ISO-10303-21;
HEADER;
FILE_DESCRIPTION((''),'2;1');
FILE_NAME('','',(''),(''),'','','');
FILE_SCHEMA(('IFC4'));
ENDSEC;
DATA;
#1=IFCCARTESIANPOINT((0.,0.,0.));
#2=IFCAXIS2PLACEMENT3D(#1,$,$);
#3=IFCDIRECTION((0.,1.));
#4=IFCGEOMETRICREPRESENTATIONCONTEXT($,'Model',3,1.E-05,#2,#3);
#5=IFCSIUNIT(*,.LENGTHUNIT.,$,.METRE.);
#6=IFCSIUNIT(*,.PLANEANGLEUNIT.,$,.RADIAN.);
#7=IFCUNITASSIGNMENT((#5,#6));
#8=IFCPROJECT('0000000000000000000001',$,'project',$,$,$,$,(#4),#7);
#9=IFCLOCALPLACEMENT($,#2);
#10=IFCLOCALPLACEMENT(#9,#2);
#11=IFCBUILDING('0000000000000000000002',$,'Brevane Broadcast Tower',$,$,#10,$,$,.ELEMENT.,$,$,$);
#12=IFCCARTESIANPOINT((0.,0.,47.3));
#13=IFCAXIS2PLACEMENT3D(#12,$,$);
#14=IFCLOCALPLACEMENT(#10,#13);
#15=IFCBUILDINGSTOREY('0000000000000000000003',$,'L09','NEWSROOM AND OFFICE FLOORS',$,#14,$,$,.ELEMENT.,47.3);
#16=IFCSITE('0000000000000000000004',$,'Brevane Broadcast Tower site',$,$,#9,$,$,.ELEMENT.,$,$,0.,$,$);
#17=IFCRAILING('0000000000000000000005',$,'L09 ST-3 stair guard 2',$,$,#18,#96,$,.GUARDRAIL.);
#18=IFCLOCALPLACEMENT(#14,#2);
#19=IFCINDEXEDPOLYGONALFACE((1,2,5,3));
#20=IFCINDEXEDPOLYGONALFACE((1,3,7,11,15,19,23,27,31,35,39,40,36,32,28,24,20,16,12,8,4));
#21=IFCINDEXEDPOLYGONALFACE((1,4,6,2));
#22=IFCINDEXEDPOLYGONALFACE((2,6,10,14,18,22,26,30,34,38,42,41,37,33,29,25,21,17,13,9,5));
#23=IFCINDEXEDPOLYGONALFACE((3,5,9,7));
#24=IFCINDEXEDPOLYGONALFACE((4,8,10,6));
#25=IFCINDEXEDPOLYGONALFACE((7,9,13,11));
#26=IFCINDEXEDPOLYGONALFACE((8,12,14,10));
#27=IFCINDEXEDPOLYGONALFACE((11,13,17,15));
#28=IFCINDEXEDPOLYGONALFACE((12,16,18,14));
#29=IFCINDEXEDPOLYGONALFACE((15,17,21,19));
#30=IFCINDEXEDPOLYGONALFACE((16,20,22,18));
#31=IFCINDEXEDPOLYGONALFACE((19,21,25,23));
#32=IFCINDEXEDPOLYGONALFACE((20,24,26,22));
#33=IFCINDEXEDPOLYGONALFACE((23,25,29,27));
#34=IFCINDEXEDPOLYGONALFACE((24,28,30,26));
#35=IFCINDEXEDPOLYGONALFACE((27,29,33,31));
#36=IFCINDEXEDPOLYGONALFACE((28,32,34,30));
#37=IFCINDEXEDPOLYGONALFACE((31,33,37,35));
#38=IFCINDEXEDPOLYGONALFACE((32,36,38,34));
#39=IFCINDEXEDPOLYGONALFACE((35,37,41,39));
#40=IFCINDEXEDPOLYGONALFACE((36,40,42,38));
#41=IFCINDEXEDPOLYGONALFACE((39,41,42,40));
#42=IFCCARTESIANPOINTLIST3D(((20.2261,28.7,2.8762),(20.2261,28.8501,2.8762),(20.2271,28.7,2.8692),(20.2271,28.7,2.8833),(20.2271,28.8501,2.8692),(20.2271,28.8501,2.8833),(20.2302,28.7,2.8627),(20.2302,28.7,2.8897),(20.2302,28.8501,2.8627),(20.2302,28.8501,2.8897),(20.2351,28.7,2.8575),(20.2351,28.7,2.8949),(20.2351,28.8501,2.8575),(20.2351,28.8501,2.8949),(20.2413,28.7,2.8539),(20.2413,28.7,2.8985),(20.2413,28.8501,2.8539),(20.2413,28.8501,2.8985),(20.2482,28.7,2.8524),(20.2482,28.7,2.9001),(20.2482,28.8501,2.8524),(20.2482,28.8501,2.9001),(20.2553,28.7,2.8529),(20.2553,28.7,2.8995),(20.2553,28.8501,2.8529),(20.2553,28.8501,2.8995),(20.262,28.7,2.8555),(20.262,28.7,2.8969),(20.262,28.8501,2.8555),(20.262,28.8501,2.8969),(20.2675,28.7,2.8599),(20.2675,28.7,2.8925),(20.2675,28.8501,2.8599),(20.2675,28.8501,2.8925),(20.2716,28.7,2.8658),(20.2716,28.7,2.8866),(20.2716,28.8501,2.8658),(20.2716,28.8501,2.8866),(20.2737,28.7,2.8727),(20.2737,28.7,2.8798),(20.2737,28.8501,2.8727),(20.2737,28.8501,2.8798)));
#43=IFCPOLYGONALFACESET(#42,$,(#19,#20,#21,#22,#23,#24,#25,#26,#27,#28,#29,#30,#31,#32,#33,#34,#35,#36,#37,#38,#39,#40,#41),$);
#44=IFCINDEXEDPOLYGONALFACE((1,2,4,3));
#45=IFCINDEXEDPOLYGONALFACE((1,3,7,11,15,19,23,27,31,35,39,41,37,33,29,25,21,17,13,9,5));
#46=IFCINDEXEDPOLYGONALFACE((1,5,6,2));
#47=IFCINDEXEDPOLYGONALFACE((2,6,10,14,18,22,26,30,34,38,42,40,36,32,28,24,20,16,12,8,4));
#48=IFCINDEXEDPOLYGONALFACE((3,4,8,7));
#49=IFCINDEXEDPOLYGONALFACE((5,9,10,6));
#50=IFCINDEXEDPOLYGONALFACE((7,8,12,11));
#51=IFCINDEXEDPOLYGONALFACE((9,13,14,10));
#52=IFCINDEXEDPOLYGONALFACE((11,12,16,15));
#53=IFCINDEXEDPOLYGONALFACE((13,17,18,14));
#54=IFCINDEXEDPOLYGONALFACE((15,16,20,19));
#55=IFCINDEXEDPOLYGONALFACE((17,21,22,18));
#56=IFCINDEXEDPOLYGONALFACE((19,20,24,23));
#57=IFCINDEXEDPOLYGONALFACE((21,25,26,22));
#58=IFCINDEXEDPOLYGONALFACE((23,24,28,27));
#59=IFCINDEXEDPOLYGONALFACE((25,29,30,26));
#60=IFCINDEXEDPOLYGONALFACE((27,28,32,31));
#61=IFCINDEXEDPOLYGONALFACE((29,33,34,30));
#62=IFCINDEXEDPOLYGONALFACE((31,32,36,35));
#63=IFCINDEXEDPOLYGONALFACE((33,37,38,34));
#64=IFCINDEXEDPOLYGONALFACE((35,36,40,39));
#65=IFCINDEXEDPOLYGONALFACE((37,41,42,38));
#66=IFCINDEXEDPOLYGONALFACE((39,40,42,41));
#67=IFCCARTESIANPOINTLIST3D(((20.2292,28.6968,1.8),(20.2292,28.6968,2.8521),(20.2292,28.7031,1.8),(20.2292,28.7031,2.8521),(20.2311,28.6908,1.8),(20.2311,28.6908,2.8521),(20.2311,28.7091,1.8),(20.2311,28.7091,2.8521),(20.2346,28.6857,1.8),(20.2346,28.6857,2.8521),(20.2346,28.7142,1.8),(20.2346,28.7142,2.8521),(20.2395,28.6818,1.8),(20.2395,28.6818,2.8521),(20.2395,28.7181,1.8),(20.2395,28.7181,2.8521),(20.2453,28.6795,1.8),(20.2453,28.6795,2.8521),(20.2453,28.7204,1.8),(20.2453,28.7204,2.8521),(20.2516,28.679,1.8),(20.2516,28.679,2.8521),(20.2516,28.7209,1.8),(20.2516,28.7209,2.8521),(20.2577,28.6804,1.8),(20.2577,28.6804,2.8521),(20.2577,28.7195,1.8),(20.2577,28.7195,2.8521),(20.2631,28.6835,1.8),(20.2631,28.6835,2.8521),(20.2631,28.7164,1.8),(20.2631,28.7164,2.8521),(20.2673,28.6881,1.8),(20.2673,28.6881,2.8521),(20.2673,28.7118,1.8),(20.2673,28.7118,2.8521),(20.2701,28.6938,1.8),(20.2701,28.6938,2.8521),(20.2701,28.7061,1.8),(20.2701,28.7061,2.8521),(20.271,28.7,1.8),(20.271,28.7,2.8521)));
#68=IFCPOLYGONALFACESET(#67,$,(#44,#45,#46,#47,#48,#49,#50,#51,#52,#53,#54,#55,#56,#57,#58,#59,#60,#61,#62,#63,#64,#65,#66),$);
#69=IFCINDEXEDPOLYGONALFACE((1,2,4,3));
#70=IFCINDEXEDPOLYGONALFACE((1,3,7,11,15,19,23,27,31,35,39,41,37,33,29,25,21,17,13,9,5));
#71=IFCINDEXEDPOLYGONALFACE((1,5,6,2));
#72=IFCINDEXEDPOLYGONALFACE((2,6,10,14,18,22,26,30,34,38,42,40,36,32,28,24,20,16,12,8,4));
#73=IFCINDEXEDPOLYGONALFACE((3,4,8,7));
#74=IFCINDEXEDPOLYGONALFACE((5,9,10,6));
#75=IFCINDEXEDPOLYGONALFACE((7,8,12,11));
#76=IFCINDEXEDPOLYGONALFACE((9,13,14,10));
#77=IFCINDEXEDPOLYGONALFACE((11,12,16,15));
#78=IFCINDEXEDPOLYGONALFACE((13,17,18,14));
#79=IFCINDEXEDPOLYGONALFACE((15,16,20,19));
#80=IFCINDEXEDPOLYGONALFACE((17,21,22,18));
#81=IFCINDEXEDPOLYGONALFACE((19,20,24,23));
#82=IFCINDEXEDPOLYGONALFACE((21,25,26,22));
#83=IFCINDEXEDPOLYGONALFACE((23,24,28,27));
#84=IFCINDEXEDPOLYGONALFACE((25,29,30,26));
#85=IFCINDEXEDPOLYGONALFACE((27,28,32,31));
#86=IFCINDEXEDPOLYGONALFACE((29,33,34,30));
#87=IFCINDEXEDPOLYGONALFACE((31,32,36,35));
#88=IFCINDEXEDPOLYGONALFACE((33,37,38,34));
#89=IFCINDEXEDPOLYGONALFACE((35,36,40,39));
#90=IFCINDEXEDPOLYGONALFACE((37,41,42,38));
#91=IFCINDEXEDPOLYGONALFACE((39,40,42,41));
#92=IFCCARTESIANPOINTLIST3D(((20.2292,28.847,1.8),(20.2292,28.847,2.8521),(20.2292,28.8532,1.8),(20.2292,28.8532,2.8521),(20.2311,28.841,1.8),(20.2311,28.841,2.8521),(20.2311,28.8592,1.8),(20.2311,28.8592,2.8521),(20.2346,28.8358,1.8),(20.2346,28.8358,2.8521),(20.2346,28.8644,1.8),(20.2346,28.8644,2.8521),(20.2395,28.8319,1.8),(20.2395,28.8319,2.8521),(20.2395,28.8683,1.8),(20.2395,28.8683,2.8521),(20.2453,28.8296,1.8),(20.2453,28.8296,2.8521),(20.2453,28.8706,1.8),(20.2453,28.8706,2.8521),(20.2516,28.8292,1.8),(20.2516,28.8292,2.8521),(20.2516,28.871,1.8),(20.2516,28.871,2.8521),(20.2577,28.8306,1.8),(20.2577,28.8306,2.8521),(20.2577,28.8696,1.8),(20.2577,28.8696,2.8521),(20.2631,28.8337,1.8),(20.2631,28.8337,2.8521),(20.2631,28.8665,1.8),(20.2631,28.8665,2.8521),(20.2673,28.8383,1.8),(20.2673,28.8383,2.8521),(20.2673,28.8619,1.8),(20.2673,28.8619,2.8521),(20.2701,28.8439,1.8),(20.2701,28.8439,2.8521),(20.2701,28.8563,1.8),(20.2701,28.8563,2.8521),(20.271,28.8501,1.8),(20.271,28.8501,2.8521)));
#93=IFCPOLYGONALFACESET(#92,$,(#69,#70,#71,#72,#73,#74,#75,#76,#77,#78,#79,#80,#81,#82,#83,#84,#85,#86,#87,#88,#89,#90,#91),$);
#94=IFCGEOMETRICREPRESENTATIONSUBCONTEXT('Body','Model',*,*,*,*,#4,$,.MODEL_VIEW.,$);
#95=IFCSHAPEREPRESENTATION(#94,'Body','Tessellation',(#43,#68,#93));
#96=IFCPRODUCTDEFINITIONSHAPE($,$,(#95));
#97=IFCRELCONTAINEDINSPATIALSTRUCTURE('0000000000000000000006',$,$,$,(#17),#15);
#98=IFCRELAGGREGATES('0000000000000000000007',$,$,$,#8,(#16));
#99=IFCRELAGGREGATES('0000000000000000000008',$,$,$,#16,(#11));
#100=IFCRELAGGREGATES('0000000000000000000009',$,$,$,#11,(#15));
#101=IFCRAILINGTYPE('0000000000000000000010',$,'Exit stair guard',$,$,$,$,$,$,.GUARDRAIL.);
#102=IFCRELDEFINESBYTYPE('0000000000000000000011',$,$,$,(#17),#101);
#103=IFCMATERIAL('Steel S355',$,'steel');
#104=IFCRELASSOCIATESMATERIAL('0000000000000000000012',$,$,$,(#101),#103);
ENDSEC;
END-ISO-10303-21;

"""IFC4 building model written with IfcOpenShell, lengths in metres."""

from ifc_helpers import new_model, si_unit, direction, frame, origin, origin_2d, place, context, subcontext, project, spatial, circle, extrude, material, type_object, element, save


model = new_model("IFC4")

# Units and contexts
model_context = context("Model", 3, precision=1e-05, world=origin(), true_north=direction((0.0, 1.0)))
body_context = subcontext(model_context, "Body", "Model", "MODEL_VIEW")
ifc_project = project(units=[si_unit("LENGTHUNIT", "METRE"), si_unit("PLANEANGLEUNIT", "RADIAN")], contexts=[model_context])

# Site, building, storey
site_placement = place(None, origin())
site = spatial("IfcSite", under=ifc_project, at=site_placement, Name="Brevane Broadcast Tower site", CompositionType="ELEMENT", RefElevation=0.0)
building_placement = place(site_placement, origin())
building = spatial("IfcBuilding", under=site, at=building_placement, Name="Brevane Broadcast Tower", CompositionType="ELEMENT")
storey_placement = place(building_placement, frame((0.0, 0.0, 47.3)))
storey = spatial("IfcBuildingStorey", under=building, at=storey_placement, Name="L09", Description="NEWSROOM AND OFFICE FLOORS", CompositionType="ELEMENT", Elevation=47.3)

# Railing
ifc_material_1 = material(Name="Steel S355", Category="steel")
railing_type_1 = type_object("IfcRailingType", Name="Exit stair guard", PredefinedType="GUARDRAIL", material=ifc_material_1)
railing_1_placement = place(storey_placement, frame((20.25, 28.7, 1.8)))
element("IfcRailing", 1, at=railing_1_placement, inside=storey, type_object=railing_type_1, Name="L09 ST-3 stair guard 2", PredefinedType="GUARDRAIL", context=body_context, shape_type="SweptSolid", body=[
    extrude(circle(Radius=0.0239, at=origin_2d()), frame((0.0, 0.0, 1.0762), z_axis=(0.0, 1.0, 0.0), x_axis=(-1.0, 0.0, 0.0)), (0.0, 0.0, 1.0), 0.1501),
    extrude(circle(Radius=0.021, at=origin_2d()), origin(), (0.0, 0.0, 1.0), 1.052),
    extrude(circle(Radius=0.021, at=origin_2d()), frame((0.0, 0.1501, 0.0)), (0.0, 0.0, 1.0), 1.052),
])

save(model, "model.ifc")
